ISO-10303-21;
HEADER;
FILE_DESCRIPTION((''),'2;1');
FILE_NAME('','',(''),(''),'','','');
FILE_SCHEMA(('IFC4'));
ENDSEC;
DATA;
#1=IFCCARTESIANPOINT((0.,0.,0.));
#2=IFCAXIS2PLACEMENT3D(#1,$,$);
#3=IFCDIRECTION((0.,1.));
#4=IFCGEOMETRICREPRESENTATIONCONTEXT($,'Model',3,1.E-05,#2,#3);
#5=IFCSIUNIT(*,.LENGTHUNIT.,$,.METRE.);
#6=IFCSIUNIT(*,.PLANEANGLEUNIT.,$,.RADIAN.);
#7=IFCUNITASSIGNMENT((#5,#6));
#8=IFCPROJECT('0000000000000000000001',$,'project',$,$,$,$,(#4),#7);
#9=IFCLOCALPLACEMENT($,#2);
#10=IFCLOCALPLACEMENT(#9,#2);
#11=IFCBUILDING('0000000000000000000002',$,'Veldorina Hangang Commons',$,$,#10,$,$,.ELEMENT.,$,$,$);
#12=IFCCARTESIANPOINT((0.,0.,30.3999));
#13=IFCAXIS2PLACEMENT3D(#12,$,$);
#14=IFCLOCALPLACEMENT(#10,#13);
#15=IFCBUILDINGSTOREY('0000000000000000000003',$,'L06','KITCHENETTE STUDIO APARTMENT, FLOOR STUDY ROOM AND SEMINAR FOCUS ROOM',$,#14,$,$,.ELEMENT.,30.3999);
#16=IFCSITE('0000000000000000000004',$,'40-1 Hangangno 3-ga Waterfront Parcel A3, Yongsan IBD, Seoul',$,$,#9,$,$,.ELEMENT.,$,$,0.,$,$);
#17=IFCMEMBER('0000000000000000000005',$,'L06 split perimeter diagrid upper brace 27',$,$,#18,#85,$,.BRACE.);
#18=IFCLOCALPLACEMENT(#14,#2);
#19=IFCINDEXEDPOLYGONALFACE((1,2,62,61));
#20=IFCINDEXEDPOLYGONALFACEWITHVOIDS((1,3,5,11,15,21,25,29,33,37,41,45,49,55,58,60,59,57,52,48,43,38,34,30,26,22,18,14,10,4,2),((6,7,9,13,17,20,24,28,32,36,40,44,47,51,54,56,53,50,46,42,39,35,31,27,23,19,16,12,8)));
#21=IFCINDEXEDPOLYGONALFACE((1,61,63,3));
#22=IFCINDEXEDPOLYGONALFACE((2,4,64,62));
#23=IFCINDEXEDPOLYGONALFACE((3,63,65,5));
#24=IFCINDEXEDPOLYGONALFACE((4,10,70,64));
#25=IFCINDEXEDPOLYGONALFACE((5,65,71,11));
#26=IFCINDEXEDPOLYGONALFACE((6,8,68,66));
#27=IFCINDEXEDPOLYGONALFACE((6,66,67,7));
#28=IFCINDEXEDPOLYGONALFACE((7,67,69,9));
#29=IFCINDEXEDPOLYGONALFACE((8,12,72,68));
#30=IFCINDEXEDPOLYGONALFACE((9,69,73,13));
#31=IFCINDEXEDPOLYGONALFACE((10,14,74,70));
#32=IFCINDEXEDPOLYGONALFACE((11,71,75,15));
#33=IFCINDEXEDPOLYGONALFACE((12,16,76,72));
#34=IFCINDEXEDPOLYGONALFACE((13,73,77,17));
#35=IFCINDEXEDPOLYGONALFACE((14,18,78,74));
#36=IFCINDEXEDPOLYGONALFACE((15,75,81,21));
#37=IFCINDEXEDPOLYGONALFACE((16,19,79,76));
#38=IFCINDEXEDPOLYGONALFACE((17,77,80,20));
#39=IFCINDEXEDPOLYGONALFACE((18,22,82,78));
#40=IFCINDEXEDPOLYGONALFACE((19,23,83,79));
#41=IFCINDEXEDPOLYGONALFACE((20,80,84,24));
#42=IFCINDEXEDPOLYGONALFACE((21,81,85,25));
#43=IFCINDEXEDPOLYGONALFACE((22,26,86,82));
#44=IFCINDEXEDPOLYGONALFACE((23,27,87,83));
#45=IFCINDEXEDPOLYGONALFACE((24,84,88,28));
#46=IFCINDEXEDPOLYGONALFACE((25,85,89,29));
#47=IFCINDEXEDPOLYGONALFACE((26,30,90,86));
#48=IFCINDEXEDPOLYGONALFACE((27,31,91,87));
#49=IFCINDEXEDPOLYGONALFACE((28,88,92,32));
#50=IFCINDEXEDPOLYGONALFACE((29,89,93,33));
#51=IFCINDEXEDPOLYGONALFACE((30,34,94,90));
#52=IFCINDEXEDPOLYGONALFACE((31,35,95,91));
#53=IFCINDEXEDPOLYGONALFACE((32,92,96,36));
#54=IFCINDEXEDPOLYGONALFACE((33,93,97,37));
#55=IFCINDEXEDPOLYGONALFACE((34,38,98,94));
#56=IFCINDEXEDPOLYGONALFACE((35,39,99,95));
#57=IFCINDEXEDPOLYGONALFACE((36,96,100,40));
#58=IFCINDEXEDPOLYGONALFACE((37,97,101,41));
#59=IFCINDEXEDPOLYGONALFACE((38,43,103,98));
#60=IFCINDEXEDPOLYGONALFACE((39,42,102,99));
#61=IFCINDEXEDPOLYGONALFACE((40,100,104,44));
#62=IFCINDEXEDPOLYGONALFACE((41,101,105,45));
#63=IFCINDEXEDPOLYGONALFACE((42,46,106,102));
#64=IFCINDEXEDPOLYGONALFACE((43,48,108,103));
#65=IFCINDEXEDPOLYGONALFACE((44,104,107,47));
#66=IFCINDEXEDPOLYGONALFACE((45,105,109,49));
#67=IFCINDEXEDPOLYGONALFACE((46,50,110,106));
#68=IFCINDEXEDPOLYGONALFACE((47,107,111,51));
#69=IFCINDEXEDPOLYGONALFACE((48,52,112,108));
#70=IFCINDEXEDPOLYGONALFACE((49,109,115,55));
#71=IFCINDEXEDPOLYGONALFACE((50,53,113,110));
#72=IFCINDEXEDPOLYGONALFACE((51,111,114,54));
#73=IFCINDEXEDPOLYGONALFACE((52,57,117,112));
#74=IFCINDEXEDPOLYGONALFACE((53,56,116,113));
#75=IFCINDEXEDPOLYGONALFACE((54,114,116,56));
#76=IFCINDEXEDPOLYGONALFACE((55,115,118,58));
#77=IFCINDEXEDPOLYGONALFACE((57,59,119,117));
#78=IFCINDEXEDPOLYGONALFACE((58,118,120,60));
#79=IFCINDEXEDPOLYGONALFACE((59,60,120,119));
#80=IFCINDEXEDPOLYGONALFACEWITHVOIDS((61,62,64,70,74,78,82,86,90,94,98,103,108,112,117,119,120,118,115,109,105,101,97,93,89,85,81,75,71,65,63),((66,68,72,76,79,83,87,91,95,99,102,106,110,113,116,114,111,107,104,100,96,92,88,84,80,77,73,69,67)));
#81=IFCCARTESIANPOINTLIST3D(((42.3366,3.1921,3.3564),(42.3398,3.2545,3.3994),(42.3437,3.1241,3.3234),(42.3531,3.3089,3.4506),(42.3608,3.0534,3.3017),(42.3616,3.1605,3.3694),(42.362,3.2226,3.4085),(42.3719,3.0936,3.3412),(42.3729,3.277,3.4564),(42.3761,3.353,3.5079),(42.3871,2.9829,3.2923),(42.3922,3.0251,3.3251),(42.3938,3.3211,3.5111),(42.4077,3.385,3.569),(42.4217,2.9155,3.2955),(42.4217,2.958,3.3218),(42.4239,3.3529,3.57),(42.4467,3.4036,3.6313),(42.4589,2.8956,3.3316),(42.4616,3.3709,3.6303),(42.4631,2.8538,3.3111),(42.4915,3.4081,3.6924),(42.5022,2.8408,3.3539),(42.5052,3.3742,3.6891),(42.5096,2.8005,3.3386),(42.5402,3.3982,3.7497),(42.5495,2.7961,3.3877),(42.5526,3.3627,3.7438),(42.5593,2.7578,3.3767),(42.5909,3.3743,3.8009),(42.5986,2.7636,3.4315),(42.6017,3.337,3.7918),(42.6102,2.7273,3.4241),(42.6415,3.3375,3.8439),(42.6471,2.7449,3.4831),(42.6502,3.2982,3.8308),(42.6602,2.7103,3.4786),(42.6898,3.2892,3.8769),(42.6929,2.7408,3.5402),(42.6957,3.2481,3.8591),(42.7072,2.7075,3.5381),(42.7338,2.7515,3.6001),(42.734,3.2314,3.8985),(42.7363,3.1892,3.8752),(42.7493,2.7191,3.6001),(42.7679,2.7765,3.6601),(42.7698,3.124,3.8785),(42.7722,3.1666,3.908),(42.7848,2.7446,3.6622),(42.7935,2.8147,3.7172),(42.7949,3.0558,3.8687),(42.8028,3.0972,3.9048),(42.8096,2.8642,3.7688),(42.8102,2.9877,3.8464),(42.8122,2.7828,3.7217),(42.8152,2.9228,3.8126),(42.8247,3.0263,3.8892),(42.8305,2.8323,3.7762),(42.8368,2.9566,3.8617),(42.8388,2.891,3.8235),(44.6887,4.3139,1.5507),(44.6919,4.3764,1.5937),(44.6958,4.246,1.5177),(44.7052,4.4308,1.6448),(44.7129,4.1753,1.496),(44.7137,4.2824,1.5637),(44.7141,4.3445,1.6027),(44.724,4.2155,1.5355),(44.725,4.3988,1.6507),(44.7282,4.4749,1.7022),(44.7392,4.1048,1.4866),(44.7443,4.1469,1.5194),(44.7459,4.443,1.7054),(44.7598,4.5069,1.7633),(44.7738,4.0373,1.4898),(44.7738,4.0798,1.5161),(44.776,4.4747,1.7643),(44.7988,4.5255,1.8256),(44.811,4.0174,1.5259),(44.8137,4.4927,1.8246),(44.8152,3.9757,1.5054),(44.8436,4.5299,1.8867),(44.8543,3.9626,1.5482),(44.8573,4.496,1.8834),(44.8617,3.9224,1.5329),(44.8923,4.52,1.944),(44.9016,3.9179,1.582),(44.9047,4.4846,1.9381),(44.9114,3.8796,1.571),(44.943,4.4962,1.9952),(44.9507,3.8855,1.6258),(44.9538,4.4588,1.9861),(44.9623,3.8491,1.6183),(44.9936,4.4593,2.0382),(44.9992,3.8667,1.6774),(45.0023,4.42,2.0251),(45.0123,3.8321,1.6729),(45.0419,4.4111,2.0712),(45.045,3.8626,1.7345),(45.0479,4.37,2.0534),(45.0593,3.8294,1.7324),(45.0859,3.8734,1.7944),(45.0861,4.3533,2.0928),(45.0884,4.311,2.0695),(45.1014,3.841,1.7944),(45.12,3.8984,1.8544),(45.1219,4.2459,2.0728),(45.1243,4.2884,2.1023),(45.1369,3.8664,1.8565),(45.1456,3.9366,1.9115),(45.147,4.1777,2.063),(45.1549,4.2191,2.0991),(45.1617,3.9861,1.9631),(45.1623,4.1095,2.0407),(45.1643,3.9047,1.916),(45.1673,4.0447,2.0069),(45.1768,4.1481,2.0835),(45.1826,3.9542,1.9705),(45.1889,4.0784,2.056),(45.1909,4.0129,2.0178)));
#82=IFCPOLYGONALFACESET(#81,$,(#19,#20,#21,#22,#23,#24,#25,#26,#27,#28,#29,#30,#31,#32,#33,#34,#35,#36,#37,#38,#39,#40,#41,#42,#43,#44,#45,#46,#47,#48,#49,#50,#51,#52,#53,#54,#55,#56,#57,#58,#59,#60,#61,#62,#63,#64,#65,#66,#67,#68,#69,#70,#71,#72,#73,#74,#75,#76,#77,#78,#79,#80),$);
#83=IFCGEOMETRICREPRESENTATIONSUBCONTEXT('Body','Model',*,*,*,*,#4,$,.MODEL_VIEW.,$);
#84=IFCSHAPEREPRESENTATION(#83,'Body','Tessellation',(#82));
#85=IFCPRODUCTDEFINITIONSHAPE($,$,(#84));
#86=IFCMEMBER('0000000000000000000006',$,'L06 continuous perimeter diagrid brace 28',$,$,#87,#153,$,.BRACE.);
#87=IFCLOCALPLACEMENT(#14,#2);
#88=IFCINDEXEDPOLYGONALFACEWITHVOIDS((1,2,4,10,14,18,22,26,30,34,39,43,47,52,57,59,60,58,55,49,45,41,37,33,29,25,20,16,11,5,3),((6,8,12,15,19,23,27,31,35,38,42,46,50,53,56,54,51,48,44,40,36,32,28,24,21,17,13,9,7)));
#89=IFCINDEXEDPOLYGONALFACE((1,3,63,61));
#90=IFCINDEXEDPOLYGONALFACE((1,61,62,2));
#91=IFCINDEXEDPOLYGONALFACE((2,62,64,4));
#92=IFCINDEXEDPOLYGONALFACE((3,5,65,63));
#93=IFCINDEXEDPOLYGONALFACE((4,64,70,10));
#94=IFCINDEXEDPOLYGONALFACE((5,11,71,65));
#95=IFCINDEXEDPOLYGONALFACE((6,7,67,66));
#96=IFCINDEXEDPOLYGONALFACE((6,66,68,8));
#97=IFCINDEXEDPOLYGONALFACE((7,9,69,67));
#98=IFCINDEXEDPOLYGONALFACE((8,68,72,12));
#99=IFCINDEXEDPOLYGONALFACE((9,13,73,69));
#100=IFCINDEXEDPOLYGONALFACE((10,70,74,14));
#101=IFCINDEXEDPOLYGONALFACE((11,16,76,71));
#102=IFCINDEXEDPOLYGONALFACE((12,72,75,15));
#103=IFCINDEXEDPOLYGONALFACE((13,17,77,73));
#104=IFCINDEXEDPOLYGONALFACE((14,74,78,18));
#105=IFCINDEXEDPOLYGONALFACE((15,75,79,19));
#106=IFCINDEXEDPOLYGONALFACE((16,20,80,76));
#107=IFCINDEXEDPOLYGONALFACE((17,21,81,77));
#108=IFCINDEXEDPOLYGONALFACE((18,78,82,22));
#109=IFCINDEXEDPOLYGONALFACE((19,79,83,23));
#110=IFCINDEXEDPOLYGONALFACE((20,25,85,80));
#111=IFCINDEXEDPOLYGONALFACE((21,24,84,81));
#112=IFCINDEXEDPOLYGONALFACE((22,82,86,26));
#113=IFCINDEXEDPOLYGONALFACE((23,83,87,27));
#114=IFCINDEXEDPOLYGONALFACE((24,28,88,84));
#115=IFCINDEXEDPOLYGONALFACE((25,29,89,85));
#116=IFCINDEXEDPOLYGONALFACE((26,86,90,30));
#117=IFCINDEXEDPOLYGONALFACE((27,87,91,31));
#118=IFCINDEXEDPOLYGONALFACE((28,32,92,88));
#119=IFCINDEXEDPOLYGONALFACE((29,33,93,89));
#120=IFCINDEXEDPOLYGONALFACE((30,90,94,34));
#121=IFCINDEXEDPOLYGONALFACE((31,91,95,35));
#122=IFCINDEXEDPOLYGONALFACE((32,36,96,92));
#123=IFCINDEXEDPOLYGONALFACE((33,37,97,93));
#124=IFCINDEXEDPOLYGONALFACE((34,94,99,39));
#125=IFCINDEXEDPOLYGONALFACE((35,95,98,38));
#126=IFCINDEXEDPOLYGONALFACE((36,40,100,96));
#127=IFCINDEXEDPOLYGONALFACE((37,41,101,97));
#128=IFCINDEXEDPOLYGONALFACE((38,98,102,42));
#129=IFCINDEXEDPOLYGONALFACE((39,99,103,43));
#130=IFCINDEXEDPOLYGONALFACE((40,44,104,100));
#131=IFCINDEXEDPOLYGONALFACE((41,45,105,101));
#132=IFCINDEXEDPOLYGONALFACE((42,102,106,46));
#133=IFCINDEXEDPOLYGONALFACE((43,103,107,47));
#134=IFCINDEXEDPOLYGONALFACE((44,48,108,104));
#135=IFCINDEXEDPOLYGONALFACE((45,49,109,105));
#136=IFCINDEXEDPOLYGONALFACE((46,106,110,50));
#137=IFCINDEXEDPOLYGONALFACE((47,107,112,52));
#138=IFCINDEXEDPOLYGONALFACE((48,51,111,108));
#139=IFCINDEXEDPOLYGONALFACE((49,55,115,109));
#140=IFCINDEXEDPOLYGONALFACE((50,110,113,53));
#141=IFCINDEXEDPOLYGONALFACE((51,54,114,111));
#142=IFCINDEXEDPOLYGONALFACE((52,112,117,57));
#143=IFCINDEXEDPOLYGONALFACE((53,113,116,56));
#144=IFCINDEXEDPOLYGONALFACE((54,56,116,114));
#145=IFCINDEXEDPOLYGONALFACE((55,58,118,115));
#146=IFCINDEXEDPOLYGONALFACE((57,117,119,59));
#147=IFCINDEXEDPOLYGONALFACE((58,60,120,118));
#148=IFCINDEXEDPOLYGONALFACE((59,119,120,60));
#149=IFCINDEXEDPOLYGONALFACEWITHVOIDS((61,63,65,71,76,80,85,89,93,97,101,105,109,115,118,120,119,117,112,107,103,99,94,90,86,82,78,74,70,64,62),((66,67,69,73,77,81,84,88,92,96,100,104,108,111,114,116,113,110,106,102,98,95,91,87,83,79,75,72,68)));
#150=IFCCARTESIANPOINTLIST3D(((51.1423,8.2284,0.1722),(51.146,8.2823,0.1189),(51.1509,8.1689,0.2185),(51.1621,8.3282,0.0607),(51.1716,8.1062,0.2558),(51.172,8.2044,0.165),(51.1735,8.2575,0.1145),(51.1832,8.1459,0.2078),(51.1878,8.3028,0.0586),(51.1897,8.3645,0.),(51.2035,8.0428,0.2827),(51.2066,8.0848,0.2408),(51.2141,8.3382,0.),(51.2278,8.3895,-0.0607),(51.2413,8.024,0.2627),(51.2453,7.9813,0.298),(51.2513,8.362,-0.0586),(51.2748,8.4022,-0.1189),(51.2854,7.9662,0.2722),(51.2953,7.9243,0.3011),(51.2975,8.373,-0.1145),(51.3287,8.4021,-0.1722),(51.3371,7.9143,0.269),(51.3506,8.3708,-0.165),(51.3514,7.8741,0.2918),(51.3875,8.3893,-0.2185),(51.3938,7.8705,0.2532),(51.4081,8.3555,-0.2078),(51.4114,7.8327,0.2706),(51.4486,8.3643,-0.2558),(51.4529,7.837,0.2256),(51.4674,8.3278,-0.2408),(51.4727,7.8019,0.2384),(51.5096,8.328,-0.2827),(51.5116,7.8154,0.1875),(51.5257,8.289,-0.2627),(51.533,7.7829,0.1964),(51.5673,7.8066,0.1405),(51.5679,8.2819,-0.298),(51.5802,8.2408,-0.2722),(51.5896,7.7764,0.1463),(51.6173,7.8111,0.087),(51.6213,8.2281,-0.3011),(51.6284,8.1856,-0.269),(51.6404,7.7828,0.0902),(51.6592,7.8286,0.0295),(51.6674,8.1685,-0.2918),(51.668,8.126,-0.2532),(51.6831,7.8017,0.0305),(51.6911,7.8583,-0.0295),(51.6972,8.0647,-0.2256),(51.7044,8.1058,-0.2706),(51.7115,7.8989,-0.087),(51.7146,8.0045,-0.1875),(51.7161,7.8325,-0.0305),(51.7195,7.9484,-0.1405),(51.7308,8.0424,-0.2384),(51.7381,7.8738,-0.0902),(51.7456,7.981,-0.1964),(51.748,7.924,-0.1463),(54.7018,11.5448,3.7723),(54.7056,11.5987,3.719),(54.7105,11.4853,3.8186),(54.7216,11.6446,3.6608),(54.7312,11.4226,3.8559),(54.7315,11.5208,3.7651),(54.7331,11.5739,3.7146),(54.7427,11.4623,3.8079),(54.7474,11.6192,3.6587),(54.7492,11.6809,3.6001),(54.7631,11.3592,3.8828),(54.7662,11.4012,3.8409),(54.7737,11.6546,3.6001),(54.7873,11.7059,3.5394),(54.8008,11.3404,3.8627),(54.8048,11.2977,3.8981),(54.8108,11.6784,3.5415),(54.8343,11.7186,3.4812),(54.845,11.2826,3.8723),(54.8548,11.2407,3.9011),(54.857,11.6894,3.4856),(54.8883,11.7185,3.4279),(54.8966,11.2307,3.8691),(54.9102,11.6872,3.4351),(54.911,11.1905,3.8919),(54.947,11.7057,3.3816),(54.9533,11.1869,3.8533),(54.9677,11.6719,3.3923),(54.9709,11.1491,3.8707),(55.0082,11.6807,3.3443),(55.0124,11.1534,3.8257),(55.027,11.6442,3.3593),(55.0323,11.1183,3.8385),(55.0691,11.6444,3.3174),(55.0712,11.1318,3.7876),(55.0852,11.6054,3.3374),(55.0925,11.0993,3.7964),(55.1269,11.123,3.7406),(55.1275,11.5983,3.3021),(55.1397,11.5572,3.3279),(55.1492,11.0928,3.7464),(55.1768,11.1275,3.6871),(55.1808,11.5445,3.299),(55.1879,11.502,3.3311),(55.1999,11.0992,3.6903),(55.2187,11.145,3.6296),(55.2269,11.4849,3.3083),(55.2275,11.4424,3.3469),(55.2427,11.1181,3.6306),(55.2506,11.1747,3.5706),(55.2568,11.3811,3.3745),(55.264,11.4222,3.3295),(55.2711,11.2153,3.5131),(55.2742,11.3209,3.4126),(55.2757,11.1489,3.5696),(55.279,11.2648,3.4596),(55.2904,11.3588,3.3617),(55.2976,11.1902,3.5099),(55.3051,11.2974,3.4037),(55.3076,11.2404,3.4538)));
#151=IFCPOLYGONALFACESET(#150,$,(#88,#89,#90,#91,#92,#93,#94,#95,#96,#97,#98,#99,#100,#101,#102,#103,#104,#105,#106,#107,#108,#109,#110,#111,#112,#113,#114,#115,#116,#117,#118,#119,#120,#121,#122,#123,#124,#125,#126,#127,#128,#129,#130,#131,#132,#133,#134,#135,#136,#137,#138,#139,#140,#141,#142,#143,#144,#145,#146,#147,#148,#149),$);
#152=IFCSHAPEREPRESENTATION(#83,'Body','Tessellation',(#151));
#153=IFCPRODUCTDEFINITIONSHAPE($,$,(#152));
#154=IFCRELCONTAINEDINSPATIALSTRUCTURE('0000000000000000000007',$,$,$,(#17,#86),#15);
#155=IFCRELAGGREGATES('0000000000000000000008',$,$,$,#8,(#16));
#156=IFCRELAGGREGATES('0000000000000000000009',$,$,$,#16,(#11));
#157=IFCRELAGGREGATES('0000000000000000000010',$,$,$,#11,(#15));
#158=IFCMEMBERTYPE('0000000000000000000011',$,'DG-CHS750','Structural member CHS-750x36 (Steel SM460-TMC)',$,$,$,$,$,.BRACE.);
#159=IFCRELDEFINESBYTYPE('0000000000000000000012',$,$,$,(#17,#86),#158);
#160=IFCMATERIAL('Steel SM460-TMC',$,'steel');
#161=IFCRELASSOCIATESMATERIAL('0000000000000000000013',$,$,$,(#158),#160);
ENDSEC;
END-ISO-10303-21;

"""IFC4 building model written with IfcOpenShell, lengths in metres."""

from ifc_helpers import new_model, si_unit, direction, frame, origin, origin_2d, place, context, subcontext, project, spatial, hollow_circle, extrude, material, material_profile, profile_set, type_object, element, save


model = new_model("IFC4")

# Units and contexts
model_context = context("Model", 3, precision=1e-05, world=origin(), true_north=direction((0.0, 1.0)))
body_context = subcontext(model_context, "Body", "Model", "MODEL_VIEW")
ifc_project = project(units=[si_unit("LENGTHUNIT", "METRE"), si_unit("PLANEANGLEUNIT", "RADIAN")], contexts=[model_context])

# Site, building, storey
site_placement = place(None, origin())
site = spatial("IfcSite", under=ifc_project, at=site_placement, Name="40-1 Hangangno 3-ga Waterfront Parcel A3, Yongsan IBD, Seoul", CompositionType="ELEMENT", RefElevation=0.0)
building_placement = place(site_placement, origin())
building = spatial("IfcBuilding", under=site, at=building_placement, Name="Veldorina Hangang Commons", CompositionType="ELEMENT")
storey_placement = place(building_placement, frame((0.0, 0.0, 30.3999)))
storey = spatial("IfcBuildingStorey", under=building, at=storey_placement, Name="L06", Description="KITCHENETTE STUDIO APARTMENT, FLOOR STUDY ROOM AND SEMINAR FOCUS ROOM", CompositionType="ELEMENT", Elevation=30.3999)

# Shared definitions
ifc_material_1 = material(Name="Steel SM460-TMC", Category="steel")

# Members
ifc_material_profile_1 = material_profile(ifc_material_1, hollow_circle(Radius=0.375, WallThickness=0.0359, at=origin_2d()), Name="CHS-750x36")
ifc_profile_set_1 = profile_set([ifc_material_profile_1], Name="Steel SM460-TMC")
member_type_1 = type_object("IfcMemberType", Name="DG-CHS750", Description="Structural member CHS-750x36 (Steel SM460-TMC)", PredefinedType="BRACE", material=ifc_profile_set_1)
member_1_placement = place(storey_placement, frame((44.9399, 4.1794, 1.7944), z_axis=(-0.741892, -0.35385, 0.569549), x_axis=(0.430497, -0.902592, 0.0)))
element("IfcMember", 1, at=member_1_placement, inside=storey, type_object=member_type_1, Name="L06 split perimeter diagrid upper brace 27", PredefinedType="BRACE", context=body_context, shape_type="SweptSolid", body=[
    extrude(hollow_circle(Radius=0.375, WallThickness=0.0359, at=origin_2d()), origin(), (0.0, 0.0, 1.0), 3.1704),
])
member_2_placement = place(storey_placement, frame((51.4453, 8.0901, 0.0), z_axis=(0.588139, 0.547962, 0.594836), x_axis=(-0.681674, 0.731656, 0.0)))
element("IfcMember", 2, at=member_2_placement, inside=storey, type_object=member_type_1, Name="L06 continuous perimeter diagrid brace 28", PredefinedType="BRACE", context=body_context, shape_type="SweptSolid", body=[
    extrude(hollow_circle(Radius=0.375, WallThickness=0.0359, at=origin_2d()), origin(), (0.0, 0.0, 1.0), 6.0522),
])

save(model, "model.ifc")
